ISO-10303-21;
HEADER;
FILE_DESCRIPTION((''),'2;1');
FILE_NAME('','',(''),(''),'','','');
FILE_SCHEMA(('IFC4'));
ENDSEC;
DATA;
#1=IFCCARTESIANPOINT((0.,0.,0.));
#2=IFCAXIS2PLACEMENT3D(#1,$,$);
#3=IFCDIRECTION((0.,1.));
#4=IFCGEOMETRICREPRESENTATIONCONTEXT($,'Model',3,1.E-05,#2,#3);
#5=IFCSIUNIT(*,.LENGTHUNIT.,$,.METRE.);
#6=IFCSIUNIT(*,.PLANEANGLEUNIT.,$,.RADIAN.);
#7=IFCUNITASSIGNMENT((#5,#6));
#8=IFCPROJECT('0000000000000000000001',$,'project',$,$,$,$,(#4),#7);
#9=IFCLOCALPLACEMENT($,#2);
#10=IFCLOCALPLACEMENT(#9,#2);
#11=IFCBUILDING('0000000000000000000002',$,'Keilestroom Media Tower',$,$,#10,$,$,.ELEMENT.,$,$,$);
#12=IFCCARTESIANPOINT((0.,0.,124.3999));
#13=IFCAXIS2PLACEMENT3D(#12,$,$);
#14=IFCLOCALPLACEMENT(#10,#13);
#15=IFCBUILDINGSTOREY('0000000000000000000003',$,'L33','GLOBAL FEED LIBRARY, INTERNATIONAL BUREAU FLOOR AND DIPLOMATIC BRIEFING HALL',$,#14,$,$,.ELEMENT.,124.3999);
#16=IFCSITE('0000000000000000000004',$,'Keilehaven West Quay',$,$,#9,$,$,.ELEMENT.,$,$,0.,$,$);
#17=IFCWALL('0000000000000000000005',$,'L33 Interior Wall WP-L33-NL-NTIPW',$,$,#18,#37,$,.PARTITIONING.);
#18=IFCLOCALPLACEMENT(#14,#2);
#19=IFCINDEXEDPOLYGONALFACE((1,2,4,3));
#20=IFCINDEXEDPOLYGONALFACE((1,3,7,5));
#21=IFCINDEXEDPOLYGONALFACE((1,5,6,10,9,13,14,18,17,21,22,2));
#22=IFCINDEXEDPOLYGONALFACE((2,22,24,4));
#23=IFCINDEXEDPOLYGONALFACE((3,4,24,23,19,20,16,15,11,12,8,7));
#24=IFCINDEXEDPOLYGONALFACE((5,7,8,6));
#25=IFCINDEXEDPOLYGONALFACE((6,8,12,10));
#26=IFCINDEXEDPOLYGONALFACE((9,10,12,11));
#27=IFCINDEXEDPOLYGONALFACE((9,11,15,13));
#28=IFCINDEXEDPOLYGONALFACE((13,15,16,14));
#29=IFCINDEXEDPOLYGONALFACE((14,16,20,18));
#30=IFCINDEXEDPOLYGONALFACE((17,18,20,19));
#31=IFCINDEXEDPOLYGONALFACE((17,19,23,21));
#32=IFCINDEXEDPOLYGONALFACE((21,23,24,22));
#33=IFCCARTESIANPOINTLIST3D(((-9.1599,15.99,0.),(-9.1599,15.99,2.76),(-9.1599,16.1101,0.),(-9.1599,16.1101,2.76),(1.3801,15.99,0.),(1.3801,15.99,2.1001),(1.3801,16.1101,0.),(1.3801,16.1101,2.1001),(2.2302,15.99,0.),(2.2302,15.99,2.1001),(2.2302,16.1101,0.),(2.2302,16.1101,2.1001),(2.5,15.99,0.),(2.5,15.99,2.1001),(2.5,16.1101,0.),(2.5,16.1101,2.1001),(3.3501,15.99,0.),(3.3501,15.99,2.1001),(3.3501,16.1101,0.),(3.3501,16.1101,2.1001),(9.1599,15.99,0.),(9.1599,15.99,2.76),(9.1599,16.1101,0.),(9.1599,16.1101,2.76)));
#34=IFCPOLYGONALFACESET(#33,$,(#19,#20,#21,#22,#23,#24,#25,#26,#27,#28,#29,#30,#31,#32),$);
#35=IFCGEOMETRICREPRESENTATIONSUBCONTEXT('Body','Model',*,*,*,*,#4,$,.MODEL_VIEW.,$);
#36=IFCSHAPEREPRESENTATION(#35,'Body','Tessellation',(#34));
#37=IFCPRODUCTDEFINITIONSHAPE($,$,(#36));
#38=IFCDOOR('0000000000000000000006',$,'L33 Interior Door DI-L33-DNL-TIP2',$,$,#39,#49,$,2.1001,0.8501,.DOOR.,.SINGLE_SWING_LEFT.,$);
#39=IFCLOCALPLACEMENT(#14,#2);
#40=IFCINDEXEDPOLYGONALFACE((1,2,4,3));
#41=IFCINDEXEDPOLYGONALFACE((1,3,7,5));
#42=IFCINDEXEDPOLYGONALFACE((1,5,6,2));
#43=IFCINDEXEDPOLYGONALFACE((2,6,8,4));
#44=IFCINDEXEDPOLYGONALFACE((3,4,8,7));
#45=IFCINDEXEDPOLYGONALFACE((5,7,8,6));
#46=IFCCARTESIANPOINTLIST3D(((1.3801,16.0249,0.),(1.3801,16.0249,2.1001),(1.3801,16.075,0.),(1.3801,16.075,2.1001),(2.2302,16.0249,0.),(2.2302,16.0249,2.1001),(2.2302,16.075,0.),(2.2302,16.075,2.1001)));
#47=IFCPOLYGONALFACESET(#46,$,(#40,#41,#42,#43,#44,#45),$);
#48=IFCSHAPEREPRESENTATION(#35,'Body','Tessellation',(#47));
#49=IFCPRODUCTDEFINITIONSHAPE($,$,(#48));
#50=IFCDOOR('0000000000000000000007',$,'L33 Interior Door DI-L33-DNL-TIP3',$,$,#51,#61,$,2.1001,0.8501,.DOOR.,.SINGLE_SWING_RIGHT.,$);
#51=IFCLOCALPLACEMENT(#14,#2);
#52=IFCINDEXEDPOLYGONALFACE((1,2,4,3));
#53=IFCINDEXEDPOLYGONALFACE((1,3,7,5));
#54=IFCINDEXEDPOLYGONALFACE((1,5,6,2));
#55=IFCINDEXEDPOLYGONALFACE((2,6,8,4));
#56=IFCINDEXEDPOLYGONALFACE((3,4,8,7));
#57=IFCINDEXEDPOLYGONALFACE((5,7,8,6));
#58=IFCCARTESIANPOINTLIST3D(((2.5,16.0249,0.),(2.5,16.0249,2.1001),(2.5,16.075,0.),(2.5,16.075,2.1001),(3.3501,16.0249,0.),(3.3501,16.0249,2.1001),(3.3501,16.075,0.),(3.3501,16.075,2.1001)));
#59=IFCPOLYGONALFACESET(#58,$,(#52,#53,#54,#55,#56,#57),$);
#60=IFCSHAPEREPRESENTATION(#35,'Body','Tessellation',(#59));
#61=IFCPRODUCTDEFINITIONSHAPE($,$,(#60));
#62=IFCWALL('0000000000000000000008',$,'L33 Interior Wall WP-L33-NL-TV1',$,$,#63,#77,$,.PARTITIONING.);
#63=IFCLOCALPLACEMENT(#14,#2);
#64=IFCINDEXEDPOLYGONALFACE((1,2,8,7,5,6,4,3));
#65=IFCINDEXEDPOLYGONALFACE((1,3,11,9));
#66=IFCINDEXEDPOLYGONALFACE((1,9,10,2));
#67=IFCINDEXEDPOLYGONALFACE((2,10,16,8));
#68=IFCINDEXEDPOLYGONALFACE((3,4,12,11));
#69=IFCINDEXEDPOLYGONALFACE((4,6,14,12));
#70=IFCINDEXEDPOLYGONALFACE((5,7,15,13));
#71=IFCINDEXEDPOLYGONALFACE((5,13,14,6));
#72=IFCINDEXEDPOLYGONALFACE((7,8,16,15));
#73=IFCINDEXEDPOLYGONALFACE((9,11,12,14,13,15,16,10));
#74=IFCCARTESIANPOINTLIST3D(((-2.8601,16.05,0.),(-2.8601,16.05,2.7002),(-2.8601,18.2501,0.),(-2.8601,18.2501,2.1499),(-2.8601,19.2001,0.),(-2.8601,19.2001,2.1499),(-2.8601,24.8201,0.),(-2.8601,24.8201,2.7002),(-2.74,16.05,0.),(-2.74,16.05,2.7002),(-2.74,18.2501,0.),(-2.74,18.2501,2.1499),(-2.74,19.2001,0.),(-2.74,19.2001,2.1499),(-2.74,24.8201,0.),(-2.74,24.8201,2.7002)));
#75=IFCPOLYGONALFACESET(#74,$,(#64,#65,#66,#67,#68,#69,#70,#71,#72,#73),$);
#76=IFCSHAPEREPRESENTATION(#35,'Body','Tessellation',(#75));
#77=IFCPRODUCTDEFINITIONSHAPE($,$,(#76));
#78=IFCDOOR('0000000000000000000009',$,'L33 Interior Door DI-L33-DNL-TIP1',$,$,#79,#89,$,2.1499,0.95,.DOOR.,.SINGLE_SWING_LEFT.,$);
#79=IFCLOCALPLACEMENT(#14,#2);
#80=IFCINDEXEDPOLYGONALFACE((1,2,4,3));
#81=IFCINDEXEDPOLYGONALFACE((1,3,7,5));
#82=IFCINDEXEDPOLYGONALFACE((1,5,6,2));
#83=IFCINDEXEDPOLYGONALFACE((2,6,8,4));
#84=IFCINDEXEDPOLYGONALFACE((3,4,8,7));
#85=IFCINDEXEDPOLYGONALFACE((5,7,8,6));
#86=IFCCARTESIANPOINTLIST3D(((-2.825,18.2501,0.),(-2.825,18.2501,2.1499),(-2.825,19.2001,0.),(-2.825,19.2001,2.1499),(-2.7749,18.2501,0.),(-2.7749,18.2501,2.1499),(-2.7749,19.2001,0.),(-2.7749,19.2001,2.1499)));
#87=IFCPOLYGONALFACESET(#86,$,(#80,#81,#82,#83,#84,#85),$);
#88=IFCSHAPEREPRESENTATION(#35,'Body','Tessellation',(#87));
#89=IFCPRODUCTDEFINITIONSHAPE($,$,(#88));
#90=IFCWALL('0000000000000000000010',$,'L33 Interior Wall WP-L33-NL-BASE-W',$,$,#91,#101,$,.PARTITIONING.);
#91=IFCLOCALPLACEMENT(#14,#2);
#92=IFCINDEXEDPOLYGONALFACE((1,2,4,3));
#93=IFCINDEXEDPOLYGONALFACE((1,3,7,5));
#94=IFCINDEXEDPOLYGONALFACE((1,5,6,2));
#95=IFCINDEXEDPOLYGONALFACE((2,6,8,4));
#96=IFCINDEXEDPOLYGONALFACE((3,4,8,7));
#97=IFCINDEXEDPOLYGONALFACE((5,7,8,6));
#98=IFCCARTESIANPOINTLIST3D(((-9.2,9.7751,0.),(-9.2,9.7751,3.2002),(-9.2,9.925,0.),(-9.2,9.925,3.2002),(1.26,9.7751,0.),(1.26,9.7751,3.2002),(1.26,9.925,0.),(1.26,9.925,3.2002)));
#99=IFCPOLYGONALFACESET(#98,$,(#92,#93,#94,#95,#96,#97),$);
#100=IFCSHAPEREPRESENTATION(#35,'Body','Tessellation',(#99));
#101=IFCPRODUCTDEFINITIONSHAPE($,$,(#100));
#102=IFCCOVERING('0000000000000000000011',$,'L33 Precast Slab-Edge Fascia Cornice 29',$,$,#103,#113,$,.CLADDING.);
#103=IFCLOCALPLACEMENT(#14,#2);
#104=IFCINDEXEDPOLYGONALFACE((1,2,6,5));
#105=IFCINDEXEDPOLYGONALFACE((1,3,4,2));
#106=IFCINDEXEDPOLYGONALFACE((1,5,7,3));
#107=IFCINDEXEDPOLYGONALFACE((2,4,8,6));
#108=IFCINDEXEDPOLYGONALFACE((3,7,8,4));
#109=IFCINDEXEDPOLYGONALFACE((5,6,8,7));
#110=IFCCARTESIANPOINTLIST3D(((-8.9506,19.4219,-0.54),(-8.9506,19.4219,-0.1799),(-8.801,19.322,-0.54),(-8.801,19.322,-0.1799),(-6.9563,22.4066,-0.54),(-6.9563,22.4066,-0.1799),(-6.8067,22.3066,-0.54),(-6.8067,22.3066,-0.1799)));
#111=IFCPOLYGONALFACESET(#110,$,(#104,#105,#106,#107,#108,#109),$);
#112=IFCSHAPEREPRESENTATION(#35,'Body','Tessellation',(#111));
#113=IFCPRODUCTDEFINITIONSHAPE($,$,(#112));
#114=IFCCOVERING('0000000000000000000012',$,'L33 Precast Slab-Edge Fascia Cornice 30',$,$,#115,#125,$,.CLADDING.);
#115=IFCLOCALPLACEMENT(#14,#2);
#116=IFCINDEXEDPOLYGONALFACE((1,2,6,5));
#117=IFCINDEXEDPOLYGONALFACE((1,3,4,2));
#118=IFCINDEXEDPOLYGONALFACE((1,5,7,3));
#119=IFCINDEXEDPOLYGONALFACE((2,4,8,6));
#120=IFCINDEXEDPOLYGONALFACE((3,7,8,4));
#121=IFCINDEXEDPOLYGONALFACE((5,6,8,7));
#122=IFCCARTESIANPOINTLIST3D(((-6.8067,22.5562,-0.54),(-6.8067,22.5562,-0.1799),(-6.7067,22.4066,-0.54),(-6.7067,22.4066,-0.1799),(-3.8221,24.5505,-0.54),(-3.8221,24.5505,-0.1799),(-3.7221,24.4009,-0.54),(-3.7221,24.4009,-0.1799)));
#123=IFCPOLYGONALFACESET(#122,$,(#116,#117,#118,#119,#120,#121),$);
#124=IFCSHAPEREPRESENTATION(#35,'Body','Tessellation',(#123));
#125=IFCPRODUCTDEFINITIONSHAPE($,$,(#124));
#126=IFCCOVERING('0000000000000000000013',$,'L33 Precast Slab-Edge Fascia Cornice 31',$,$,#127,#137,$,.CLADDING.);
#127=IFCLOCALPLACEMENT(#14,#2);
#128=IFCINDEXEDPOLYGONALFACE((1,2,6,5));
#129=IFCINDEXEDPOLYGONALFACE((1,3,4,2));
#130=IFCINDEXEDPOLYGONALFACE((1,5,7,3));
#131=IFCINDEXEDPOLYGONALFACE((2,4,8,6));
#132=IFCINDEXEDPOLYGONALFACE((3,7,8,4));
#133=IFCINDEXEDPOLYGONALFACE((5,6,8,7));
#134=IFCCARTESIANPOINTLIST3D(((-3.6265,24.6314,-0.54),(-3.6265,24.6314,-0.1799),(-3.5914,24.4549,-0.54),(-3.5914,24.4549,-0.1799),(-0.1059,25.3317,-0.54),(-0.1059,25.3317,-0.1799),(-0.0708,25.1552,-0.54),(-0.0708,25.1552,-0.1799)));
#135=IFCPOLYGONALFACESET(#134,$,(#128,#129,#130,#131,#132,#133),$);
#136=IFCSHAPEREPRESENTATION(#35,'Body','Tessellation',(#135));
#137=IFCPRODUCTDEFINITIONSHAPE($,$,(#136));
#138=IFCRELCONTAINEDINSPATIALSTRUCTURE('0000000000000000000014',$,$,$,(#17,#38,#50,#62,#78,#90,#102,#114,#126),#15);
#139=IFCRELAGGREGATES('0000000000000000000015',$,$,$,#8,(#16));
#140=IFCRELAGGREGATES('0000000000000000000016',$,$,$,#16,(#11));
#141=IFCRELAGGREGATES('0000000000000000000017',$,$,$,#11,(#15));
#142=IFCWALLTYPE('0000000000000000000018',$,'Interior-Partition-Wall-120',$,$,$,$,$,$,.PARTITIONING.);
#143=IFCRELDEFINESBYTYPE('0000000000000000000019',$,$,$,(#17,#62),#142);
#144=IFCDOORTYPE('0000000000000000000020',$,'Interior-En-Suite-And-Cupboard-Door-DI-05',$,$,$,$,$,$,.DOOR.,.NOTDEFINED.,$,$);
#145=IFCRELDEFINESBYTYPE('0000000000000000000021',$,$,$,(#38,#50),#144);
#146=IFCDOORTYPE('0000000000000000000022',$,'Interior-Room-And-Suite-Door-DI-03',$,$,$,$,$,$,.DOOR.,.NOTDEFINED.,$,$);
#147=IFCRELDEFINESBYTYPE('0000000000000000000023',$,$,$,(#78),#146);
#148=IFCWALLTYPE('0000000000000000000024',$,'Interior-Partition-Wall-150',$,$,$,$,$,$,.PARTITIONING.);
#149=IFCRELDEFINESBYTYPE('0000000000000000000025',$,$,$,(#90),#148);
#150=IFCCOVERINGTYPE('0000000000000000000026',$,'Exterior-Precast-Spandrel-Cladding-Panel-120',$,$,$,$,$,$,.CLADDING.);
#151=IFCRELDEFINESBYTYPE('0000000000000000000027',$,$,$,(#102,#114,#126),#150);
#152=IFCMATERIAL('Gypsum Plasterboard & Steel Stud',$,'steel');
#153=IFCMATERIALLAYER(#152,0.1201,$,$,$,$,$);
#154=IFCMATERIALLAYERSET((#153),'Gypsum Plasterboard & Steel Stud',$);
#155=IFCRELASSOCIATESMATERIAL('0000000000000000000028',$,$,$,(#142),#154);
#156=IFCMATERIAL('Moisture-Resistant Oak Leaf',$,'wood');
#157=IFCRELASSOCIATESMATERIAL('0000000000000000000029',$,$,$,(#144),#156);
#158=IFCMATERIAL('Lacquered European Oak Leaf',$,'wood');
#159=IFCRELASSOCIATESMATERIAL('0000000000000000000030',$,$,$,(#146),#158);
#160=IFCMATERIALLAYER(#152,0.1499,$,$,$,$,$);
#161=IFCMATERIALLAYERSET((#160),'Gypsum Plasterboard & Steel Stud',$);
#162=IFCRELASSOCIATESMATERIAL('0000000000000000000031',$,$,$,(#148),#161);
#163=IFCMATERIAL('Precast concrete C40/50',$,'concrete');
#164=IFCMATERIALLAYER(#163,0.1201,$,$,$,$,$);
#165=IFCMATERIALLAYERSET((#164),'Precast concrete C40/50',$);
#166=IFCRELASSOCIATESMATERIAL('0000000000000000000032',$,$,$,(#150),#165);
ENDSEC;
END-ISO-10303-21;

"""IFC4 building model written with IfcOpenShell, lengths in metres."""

from ifc_helpers import new_model, si_unit, direction, frame, frame_2d, origin, origin_2d, place, context, subcontext, project, spatial, rectangle, extrude, source, transform, mapped, material, layer, layer_set, type_object, element, fill, save


model = new_model("IFC4")

# Units and contexts
model_context = context("Model", 3, precision=1e-05, world=origin(), true_north=direction((0.0, 1.0)))
body_context = subcontext(model_context, "Body", "Model", "MODEL_VIEW")
ifc_project = project(units=[si_unit("LENGTHUNIT", "METRE"), si_unit("PLANEANGLEUNIT", "RADIAN")], contexts=[model_context])

# Site, building, storey
site_placement = place(None, origin())
site = spatial("IfcSite", under=ifc_project, at=site_placement, Name="Keilehaven West Quay", CompositionType="ELEMENT", RefElevation=0.0)
building_placement = place(site_placement, origin())
building = spatial("IfcBuilding", under=site, at=building_placement, Name="Keilestroom Media Tower", CompositionType="ELEMENT")
storey_placement = place(building_placement, frame((0.0, 0.0, 124.3999)))
storey = spatial("IfcBuildingStorey", under=building, at=storey_placement, Name="L33", Description="GLOBAL FEED LIBRARY, INTERNATIONAL BUREAU FLOOR AND DIPLOMATIC BRIEFING HALL", CompositionType="ELEMENT", Elevation=124.3999)

# Shared definitions
ifc_material_1 = material(Name="Precast concrete C40/50", Category="concrete")

# Wall, openings, doors
ifc_material_2 = material(Name="Gypsum Plasterboard & Steel Stud", Category="steel")
ifc_layer_1 = layer(ifc_material_2, 0.1201)
ifc_layer_set_1 = layer_set([ifc_layer_1], Name="Gypsum Plasterboard & Steel Stud")
wall_type_1 = type_object("IfcWallType", Name="Interior-Partition-Wall-120", PredefinedType="PARTITIONING", material=ifc_layer_set_1)
wall_1_placement = place(storey_placement, frame((-9.1599, 16.05, 0.0), z_axis=(0.0, 0.0, 1.0), x_axis=(1.0, 0.0, 0.0)))
wall_1 = element("IfcWall", 1, at=wall_1_placement, inside=storey, type_object=wall_type_1, Name="L33 Interior Wall WP-L33-NL-NTIPW", PredefinedType="PARTITIONING", context=body_context, shape_type="SweptSolid", body=[
    extrude(rectangle(XDim=18.3198, YDim=0.1201, at=frame_2d((9.1599, 0.0))), origin(), (0.0, 0.0, 1.0), 2.76),
])
opening_1_placement = place(wall_1_placement, frame((10.54, 0.0, 0.0)))
opening_1 = element("IfcOpeningElement", 2, at=opening_1_placement, cuts=wall_1, PredefinedType="OPENING", context=body_context, shape_type="SweptSolid", body=[
    extrude(rectangle(XDim=0.8501, YDim=2.1001, at=frame_2d((0.425, 1.05))), frame((0.0, 0.0701, 0.0), z_axis=(0.0, -1.0, 0.0), x_axis=(1.0, 0.0, 0.0)), (0.0, 0.0, 1.0), 0.1401),
])
opening_2_placement = place(wall_1_placement, frame((11.6599, 0.0, 0.0)))
opening_2 = element("IfcOpeningElement", 3, at=opening_2_placement, cuts=wall_1, PredefinedType="OPENING", context=body_context, shape_type="SweptSolid", body=[
    extrude(rectangle(XDim=0.8501, YDim=2.1001, at=frame_2d((0.425, 1.05))), frame((0.0, 0.0701, 0.0), z_axis=(0.0, -1.0, 0.0), x_axis=(1.0, 0.0, 0.0)), (0.0, 0.0, 1.0), 0.1401),
])
ifc_material_3 = material(Name="Moisture-Resistant Oak Leaf", Category="wood")
door_type_1 = type_object("IfcDoorType", Name="Interior-En-Suite-And-Cupboard-Door-DI-05", OperationType="NOTDEFINED", PredefinedType="DOOR", material=ifc_material_3)
shared_shape_1 = source(origin(), body_context, "Body", "SweptSolid", [
    extrude(rectangle(XDim=0.8501, YDim=2.1001, at=frame_2d((0.425, 1.05))), frame((0.0, 0.0249, 0.0), z_axis=(0.0, -1.0, 0.0), x_axis=(1.0, 0.0, 0.0)), (0.0, 0.0, 1.0), 0.05),
])
door_1_placement = place(opening_1_placement, origin())
door_1 = element("IfcDoor", 4, at=door_1_placement, inside=storey, type_object=door_type_1, Name="L33 Interior Door DI-L33-DNL-TIP2", OperationType="SINGLE_SWING_LEFT", OverallHeight=2.1001, OverallWidth=0.8501, PredefinedType="DOOR", context=body_context, shape_type="MappedRepresentation", body=[
    mapped(shared_shape_1, transform((0.0, 0.0, 0.0), x_axis=(1.0, 0.0, 0.0), y_axis=(0.0, 1.0, 0.0), z_axis=(0.0, 0.0, 1.0), scale=1.0)),
])
fill(opening_1, door_1)
door_2_placement = place(opening_2_placement, origin())
door_2 = element("IfcDoor", 5, at=door_2_placement, inside=storey, type_object=door_type_1, Name="L33 Interior Door DI-L33-DNL-TIP3", OperationType="SINGLE_SWING_RIGHT", OverallHeight=2.1001, OverallWidth=0.8501, PredefinedType="DOOR", context=body_context, shape_type="MappedRepresentation", body=[
    mapped(shared_shape_1, transform((0.0, 0.0, 0.0), x_axis=(1.0, 0.0, 0.0), y_axis=(0.0, 1.0, 0.0), z_axis=(0.0, 0.0, 1.0), scale=1.0)),
])
fill(opening_2, door_2)

# Wall, opening, door
wall_2_placement = place(storey_placement, frame((-2.8, 16.05, 0.0), z_axis=(0.0, 0.0, 1.0), x_axis=(0.0, 1.0, 0.0)))
wall_2 = element("IfcWall", 6, at=wall_2_placement, inside=storey, type_object=wall_type_1, Name="L33 Interior Wall WP-L33-NL-TV1", PredefinedType="PARTITIONING", context=body_context, shape_type="SweptSolid", body=[
    extrude(rectangle(XDim=8.77, YDim=0.1201, at=frame_2d((4.385, 0.0))), origin(), (0.0, 0.0, 1.0), 2.7002),
])
opening_3_placement = place(wall_2_placement, frame((2.2, 0.0, 0.0)))
opening_3 = element("IfcOpeningElement", 7, at=opening_3_placement, cuts=wall_2, PredefinedType="OPENING", context=body_context, shape_type="SweptSolid", body=[
    extrude(rectangle(XDim=0.95, YDim=2.1499, at=frame_2d((0.4751, 1.075))), frame((0.0, 0.0701, 0.0), z_axis=(0.0, -1.0, 0.0), x_axis=(1.0, 0.0, 0.0)), (0.0, 0.0, 1.0), 0.1401),
])
ifc_material_4 = material(Name="Lacquered European Oak Leaf", Category="wood")
door_type_2 = type_object("IfcDoorType", Name="Interior-Room-And-Suite-Door-DI-03", OperationType="NOTDEFINED", PredefinedType="DOOR", material=ifc_material_4)
shared_shape_2 = source(origin(), body_context, "Body", "SweptSolid", [
    extrude(rectangle(XDim=0.95, YDim=2.1499, at=frame_2d((0.4751, 1.075))), frame((0.0, 0.0249, 0.0), z_axis=(0.0, -1.0, 0.0), x_axis=(1.0, 0.0, 0.0)), (0.0, 0.0, 1.0), 0.05),
])
door_3_placement = place(opening_3_placement, origin())
door_3 = element("IfcDoor", 8, at=door_3_placement, inside=storey, type_object=door_type_2, Name="L33 Interior Door DI-L33-DNL-TIP1", OperationType="SINGLE_SWING_LEFT", OverallHeight=2.1499, OverallWidth=0.95, PredefinedType="DOOR", context=body_context, shape_type="MappedRepresentation", body=[
    mapped(shared_shape_2, transform((0.0, 0.0, 0.0), x_axis=(1.0, 0.0, 0.0), y_axis=(0.0, 1.0, 0.0), z_axis=(0.0, 0.0, 1.0), scale=1.0)),
])
fill(opening_3, door_3)

# Wall
ifc_layer_2 = layer(ifc_material_2, 0.1499)
ifc_layer_set_2 = layer_set([ifc_layer_2], Name="Gypsum Plasterboard & Steel Stud")
wall_type_2 = type_object("IfcWallType", Name="Interior-Partition-Wall-150", PredefinedType="PARTITIONING", material=ifc_layer_set_2)
wall_3_placement = place(storey_placement, frame((-9.2, 9.8501, 0.0), z_axis=(0.0, 0.0, 1.0), x_axis=(1.0, 0.0, 0.0)))
element("IfcWall", 9, at=wall_3_placement, inside=storey, type_object=wall_type_2, Name="L33 Interior Wall WP-L33-NL-BASE-W", PredefinedType="PARTITIONING", context=body_context, shape_type="SweptSolid", body=[
    extrude(rectangle(XDim=10.46, YDim=0.1499, at=frame_2d((5.23, 0.0))), origin(), (0.0, 0.0, 1.0), 3.2002),
])

# Coverings
ifc_layer_3 = layer(ifc_material_1, 0.1201)
ifc_layer_set_3 = layer_set([ifc_layer_3], Name="Precast concrete C40/50")
covering_type = type_object("IfcCoveringType", Name="Exterior-Precast-Spandrel-Cladding-Panel-120", PredefinedType="CLADDING", material=ifc_layer_set_3)
shared_shape_3 = source(origin(), body_context, "Body", "SweptSolid", [
    extrude(rectangle(XDim=3.5896, YDim=0.1799, at=origin_2d()), origin(), (0.0, 0.0, 1.0), 0.3601),
])
for number, where, z_axis, x_axis, name in (
    (10, (-7.8787, 20.8643, -0.54), (0.0, 0.0, 1.0), (0.555575, 0.831467, 0.0), "L33 Precast Slab-Edge Fascia Cornice 29"),
    (11, (-5.2644, 23.4785, -0.54), (0.0, 0.0, 1.0), (0.831467, 0.555575, 0.0), "L33 Precast Slab-Edge Fascia Cornice 30"),
    (12, (-1.8486, 24.8933, -0.54), (0.0, 0.0, 1.0), (0.980784, 0.195099, 0.0), "L33 Precast Slab-Edge Fascia Cornice 31"),
):
    element("IfcCovering", number, at=place(storey_placement, frame(where, z_axis=z_axis, x_axis=x_axis)), inside=storey, type_object=covering_type, Name=name, PredefinedType="CLADDING", context=body_context, shape_type="MappedRepresentation", body=[
        mapped(shared_shape_3, transform((0.0, 0.0, 0.0), x_axis=(1.0, 0.0, 0.0), y_axis=(0.0, 1.0, 0.0), z_axis=(0.0, 0.0, 1.0), scale=1.0)),
    ])

save(model, "model.ifc")
